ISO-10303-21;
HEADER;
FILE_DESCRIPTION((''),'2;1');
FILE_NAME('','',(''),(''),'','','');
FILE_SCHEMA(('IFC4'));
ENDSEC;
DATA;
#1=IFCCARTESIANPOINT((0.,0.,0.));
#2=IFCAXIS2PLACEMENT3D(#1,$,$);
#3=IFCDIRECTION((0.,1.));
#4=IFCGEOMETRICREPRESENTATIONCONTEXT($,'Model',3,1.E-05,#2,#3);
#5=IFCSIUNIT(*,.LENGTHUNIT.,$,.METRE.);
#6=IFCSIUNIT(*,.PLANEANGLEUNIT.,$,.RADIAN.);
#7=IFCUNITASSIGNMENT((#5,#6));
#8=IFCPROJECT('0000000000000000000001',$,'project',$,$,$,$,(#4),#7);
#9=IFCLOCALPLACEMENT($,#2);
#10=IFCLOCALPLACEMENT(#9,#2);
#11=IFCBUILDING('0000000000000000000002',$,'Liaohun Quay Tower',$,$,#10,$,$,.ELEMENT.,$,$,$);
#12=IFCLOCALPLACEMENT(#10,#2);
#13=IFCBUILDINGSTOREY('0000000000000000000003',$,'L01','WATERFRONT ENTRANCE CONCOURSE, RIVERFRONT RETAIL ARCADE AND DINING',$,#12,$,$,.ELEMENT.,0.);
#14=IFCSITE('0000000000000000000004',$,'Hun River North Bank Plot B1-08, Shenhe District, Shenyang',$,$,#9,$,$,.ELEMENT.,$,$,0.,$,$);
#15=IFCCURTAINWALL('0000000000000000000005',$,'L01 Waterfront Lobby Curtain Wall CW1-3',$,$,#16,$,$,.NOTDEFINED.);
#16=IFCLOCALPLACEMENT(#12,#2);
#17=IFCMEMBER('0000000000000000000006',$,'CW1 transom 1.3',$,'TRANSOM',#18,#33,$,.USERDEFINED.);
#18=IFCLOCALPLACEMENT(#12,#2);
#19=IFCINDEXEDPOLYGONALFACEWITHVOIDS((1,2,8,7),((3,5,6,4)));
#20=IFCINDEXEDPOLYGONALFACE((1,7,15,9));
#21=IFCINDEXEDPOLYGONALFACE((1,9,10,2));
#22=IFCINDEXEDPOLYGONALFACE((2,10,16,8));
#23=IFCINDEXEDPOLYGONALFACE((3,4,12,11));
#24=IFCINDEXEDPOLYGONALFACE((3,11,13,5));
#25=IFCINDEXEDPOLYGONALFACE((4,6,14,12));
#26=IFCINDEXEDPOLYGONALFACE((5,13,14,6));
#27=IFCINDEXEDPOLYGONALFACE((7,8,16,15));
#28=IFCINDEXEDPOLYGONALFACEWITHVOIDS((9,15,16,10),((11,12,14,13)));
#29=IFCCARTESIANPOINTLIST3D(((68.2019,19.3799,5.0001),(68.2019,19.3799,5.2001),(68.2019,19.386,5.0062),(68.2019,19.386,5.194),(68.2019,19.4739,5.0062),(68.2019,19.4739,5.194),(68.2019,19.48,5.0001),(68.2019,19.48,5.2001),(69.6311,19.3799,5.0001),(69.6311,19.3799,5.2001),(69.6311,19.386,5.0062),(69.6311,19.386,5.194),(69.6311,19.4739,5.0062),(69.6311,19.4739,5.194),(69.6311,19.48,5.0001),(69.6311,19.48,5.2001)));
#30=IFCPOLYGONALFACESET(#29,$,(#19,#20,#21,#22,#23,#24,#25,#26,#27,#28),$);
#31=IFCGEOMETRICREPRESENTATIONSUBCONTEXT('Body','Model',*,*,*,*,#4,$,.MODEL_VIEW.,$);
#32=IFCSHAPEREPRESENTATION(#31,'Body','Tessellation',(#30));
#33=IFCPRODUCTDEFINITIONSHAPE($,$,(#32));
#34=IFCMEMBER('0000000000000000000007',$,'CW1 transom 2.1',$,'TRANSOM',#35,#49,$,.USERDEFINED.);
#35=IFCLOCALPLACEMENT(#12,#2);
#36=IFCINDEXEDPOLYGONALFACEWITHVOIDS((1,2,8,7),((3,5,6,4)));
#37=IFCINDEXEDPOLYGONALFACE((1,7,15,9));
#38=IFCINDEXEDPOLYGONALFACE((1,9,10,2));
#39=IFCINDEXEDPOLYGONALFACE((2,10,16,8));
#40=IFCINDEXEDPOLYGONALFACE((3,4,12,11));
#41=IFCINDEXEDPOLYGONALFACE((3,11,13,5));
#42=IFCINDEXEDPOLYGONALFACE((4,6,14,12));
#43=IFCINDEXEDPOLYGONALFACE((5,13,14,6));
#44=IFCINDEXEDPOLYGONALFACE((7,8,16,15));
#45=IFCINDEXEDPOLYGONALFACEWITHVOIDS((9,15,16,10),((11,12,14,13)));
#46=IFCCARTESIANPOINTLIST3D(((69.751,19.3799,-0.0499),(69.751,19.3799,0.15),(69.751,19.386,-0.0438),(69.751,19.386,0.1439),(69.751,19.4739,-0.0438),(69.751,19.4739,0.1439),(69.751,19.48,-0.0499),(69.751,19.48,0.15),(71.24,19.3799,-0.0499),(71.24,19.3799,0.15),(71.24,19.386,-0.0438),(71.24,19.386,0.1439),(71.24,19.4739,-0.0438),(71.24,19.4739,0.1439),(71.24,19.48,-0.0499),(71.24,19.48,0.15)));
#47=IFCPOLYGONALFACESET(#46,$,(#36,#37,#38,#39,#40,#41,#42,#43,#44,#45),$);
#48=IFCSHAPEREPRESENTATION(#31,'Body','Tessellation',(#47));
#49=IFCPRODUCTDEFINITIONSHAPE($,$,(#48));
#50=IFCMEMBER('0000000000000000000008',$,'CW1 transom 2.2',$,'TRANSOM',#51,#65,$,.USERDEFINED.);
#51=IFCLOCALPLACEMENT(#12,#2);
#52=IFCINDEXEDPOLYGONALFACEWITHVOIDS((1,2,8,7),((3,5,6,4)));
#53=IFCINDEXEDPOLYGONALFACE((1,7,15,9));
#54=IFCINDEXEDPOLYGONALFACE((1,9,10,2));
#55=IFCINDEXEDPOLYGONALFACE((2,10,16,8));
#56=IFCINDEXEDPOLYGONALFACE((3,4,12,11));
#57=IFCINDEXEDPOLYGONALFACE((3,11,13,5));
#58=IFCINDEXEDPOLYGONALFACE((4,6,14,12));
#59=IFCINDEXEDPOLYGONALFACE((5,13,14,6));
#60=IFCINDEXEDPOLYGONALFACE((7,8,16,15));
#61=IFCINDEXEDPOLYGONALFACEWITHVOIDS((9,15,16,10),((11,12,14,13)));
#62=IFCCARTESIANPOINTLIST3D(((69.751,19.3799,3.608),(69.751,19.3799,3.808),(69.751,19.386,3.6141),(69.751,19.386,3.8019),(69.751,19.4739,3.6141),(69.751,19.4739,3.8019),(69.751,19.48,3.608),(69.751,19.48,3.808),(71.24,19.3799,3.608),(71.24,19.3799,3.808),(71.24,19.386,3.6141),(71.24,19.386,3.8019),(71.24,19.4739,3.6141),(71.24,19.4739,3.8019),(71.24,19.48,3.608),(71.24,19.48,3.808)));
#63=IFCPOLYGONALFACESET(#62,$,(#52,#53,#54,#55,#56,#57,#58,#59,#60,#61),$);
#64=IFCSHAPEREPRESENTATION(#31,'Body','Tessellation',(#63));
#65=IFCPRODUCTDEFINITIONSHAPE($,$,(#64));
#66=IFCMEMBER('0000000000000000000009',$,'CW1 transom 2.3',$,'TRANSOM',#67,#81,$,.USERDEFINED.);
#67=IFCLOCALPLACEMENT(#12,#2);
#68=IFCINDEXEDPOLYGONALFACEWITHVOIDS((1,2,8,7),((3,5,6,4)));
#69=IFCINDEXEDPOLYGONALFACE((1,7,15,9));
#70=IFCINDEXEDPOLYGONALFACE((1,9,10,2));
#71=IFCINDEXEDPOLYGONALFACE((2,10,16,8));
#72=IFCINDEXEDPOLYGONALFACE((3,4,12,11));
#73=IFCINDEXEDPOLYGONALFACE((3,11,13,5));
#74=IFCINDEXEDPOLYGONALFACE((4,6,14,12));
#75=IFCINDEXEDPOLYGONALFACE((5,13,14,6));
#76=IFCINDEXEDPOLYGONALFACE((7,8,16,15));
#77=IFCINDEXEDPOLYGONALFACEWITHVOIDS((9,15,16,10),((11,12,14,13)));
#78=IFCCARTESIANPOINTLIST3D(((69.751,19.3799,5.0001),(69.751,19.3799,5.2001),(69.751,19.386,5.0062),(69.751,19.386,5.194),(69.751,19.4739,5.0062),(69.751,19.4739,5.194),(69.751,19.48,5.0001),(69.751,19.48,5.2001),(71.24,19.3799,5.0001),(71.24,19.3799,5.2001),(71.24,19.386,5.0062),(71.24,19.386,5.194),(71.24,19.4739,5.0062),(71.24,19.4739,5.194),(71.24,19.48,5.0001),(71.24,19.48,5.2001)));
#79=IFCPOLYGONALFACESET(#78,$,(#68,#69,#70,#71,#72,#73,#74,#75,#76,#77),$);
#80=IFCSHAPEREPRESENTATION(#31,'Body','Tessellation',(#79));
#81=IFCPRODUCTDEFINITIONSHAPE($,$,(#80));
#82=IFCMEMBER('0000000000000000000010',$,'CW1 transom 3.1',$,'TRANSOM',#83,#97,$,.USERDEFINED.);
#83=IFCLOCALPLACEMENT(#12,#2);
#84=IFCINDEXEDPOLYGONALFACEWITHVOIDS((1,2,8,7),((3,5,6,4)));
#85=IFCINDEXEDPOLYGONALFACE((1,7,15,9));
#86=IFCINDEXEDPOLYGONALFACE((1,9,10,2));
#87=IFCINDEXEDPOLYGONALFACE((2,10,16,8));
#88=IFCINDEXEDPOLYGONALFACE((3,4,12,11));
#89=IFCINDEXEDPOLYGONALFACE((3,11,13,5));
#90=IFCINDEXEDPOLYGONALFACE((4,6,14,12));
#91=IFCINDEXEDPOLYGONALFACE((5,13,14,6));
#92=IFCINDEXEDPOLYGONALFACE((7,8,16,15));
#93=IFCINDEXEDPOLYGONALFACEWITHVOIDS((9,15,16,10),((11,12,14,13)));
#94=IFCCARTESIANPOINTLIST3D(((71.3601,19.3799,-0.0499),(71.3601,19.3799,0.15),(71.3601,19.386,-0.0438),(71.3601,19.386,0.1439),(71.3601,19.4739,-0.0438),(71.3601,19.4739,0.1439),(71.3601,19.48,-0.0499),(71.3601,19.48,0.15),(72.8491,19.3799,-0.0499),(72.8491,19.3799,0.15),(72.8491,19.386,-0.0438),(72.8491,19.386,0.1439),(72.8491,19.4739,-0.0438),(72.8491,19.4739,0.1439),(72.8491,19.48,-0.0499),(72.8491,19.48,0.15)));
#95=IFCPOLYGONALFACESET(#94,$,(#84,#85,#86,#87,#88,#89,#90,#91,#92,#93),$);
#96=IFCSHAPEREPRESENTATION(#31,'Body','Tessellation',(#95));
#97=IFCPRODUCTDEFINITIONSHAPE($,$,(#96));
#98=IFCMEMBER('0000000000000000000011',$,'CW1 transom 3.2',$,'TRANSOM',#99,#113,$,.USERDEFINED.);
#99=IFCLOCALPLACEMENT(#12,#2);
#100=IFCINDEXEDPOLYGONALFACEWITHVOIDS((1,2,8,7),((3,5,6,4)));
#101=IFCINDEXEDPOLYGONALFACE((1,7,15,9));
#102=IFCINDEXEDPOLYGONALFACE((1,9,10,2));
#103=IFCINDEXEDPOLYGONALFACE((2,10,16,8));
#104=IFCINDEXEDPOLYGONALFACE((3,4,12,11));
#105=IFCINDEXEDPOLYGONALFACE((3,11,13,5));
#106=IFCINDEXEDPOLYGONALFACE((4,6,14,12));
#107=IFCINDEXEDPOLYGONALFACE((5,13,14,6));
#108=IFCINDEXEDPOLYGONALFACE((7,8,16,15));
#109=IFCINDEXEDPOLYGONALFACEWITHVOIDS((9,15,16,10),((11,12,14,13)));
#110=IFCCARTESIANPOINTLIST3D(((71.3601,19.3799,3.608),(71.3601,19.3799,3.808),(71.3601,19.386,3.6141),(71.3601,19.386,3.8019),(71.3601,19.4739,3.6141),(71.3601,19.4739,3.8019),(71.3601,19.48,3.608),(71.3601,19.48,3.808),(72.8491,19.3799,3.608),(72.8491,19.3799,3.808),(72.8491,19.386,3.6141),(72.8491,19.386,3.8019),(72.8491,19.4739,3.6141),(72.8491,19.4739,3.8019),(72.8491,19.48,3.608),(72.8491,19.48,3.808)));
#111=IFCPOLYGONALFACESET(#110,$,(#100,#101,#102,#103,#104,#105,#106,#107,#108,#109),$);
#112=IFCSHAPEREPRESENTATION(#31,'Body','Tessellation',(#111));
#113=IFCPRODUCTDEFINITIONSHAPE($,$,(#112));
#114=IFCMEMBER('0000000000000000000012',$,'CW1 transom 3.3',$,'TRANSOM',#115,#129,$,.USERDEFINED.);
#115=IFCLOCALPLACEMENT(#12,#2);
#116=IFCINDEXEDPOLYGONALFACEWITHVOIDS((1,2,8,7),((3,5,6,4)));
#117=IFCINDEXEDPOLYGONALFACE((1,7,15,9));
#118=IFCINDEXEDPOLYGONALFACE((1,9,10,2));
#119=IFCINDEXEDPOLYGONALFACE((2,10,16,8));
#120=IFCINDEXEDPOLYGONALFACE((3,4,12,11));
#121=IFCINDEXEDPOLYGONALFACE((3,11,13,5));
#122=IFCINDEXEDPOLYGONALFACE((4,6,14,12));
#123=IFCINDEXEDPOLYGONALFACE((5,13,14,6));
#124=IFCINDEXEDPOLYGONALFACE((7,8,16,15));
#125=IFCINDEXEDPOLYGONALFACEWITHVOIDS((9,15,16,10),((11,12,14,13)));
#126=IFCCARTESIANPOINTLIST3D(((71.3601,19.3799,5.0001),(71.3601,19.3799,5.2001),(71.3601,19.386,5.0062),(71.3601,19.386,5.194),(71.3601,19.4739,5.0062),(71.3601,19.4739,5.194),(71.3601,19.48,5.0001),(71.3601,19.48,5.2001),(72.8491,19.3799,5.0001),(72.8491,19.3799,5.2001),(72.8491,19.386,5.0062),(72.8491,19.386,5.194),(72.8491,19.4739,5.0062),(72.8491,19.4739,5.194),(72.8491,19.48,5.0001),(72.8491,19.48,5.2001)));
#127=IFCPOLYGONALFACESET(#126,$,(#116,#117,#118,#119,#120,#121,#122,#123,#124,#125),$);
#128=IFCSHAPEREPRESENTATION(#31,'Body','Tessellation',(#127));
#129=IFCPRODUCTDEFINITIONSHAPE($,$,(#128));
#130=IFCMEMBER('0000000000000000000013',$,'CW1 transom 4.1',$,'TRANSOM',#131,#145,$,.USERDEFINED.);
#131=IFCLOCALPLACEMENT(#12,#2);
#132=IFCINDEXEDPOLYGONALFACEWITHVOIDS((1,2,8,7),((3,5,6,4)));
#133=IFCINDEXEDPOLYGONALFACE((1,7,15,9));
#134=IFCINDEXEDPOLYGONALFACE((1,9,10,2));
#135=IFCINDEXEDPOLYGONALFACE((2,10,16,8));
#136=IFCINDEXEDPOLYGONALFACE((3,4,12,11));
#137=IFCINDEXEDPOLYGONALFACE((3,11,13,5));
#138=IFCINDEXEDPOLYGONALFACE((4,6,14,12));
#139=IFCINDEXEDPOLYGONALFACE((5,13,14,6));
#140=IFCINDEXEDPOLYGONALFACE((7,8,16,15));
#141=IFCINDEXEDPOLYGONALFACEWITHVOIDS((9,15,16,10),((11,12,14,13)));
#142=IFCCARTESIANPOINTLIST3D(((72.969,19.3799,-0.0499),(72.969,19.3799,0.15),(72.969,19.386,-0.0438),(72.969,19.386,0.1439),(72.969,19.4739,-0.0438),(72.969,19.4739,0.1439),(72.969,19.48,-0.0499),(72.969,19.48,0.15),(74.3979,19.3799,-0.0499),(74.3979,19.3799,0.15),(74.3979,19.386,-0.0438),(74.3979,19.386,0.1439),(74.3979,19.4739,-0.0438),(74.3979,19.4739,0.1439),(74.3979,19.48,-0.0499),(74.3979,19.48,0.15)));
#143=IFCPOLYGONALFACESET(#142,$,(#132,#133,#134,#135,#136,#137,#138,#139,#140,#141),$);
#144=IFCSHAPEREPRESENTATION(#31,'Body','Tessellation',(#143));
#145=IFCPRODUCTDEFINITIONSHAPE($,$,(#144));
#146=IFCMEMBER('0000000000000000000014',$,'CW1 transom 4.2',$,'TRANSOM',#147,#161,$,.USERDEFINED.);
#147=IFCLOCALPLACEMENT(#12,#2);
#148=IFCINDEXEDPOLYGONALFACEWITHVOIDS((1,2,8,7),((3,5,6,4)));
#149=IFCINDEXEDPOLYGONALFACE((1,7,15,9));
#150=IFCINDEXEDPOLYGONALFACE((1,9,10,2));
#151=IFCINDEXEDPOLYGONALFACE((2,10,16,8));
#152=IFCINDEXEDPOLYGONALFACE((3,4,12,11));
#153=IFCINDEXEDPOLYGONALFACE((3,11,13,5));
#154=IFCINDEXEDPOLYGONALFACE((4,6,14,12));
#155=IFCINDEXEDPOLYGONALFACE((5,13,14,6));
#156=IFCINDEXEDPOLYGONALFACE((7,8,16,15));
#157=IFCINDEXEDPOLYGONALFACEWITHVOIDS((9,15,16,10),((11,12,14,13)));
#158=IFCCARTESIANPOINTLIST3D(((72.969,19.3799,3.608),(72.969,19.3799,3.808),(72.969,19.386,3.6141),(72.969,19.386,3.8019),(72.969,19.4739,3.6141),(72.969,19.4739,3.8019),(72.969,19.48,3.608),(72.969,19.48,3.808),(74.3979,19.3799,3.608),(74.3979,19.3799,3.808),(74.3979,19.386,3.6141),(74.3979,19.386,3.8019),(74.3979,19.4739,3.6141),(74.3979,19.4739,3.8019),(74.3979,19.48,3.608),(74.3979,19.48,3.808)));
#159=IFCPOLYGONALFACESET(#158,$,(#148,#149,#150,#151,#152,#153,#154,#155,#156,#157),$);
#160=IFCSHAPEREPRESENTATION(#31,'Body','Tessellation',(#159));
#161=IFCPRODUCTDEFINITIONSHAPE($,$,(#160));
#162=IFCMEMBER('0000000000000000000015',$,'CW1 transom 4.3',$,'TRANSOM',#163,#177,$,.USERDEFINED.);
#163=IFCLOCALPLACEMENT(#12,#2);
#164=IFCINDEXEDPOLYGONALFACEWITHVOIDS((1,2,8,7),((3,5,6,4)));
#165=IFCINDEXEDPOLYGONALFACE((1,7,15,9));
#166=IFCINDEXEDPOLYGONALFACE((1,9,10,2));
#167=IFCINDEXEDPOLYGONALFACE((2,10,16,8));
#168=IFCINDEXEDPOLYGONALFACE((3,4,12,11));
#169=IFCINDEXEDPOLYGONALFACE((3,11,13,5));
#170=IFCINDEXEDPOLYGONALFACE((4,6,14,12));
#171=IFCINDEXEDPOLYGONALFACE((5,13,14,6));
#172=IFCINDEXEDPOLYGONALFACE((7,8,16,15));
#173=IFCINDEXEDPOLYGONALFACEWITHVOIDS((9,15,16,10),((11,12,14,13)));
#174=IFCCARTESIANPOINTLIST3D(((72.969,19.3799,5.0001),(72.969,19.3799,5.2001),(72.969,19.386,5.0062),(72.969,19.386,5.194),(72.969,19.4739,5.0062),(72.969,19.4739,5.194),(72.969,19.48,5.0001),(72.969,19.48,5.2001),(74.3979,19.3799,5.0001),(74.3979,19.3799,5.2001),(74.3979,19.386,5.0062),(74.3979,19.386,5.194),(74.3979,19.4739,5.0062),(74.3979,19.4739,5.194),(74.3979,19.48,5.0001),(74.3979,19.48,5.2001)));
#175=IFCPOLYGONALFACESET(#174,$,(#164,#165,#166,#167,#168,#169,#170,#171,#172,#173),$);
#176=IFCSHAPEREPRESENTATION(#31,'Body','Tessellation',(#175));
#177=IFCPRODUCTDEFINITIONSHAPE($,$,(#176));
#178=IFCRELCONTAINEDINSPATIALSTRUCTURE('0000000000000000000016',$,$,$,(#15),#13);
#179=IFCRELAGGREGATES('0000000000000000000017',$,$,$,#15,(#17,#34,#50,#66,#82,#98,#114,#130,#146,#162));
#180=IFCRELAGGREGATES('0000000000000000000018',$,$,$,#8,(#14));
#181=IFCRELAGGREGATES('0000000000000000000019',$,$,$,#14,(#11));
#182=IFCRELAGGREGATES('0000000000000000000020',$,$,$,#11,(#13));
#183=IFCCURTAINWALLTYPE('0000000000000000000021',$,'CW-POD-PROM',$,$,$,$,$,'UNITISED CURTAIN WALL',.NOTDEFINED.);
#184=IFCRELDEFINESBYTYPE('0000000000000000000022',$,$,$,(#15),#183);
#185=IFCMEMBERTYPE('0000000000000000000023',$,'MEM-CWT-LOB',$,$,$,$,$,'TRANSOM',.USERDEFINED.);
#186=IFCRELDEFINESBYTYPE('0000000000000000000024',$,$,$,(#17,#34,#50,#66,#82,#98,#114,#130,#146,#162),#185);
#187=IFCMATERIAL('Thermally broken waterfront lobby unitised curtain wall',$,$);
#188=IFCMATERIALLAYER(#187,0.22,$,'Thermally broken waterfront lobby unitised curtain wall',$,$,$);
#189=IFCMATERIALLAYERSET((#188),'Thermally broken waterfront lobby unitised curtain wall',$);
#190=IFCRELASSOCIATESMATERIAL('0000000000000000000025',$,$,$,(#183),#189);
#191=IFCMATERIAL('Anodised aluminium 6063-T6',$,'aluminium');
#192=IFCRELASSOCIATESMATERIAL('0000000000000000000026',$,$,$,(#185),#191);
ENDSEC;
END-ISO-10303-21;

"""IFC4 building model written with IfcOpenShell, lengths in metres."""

from ifc_helpers import new_model, si_unit, direction, frame, origin, origin_2d, place, context, subcontext, project, spatial, hollow_rectangle, extrude, source, transform, mapped, material, layer, layer_set, material_profile, profile_set, type_object, element, aggregate, save


model = new_model("IFC4")

# Units and contexts
model_context = context("Model", 3, precision=1e-05, world=origin(), true_north=direction((0.0, 1.0)))
body_context = subcontext(model_context, "Body", "Model", "MODEL_VIEW")
ifc_project = project(units=[si_unit("LENGTHUNIT", "METRE"), si_unit("PLANEANGLEUNIT", "RADIAN")], contexts=[model_context])

# Site, building, storey
site_placement = place(None, origin())
site = spatial("IfcSite", under=ifc_project, at=site_placement, Name="Hun River North Bank Plot B1-08, Shenhe District, Shenyang", CompositionType="ELEMENT", RefElevation=0.0)
building_placement = place(site_placement, origin())
building = spatial("IfcBuilding", under=site, at=building_placement, Name="Liaohun Quay Tower", CompositionType="ELEMENT")
storey_placement = place(building_placement, origin())
storey = spatial("IfcBuildingStorey", under=building, at=storey_placement, Name="L01", Description="WATERFRONT ENTRANCE CONCOURSE, RIVERFRONT RETAIL ARCADE AND DINING", CompositionType="ELEMENT", Elevation=0.0)

# Curtain wall, members
ifc_material_1 = material(Name="Thermally broken waterfront lobby unitised curtain wall")
ifc_layer_1 = layer(ifc_material_1, 0.22, Name="Thermally broken waterfront lobby unitised curtain wall")
ifc_layer_set_1 = layer_set([ifc_layer_1], Name="Thermally broken waterfront lobby unitised curtain wall")
curtain_wall_type = type_object("IfcCurtainWallType", Name="CW-POD-PROM", ElementType="UNITISED CURTAIN WALL", PredefinedType="NOTDEFINED", material=ifc_layer_set_1)
curtain_wall_placement = place(storey_placement, origin())
curtain_wall = element("IfcCurtainWall", 1, at=curtain_wall_placement, inside=storey, type_object=curtain_wall_type, Name="L01 Waterfront Lobby Curtain Wall CW1-3", PredefinedType="NOTDEFINED")
ifc_material_2 = material(Name="Anodised aluminium 6063-T6", Category="aluminium")
ifc_material_profile_1 = material_profile(ifc_material_2, hollow_rectangle(XDim=0.1001, YDim=0.2, WallThickness=0.0061, at=origin_2d()), Name="RHS200x100x6")
ifc_profile_set_1 = profile_set([ifc_material_profile_1], Name="Anodised aluminium 6063-T6")
member_type_1 = type_object("IfcMemberType", Name="MEM-CWT-LOB", ElementType="TRANSOM", PredefinedType="USERDEFINED", material=ifc_profile_set_1)
shared_shape_1 = source(origin(), body_context, "Body", "SweptSolid", [
    extrude(hollow_rectangle(XDim=0.1001, YDim=0.2, WallThickness=0.0061, at=origin_2d()), origin(), (0.0, 0.0, 1.0), 1.4292),
])
member_1_placement = place(storey_placement, frame((68.2019, 19.4299, 5.1001), z_axis=(1.0, 0.0, 0.0), x_axis=(0.0, 1.0, 0.0)))
member_1 = element("IfcMember", 2, at=member_1_placement, type_object=member_type_1, Name="CW1 transom 1.3", ObjectType="TRANSOM", PredefinedType="USERDEFINED", context=body_context, shape_type="MappedRepresentation", body=[
    mapped(shared_shape_1, transform((0.0, 0.0, 0.0), x_axis=(1.0, 0.0, 0.0), y_axis=(0.0, 1.0, 0.0), z_axis=(0.0, 0.0, 1.0), scale=1.0)),
])
shared_shape_2 = source(origin(), body_context, "Body", "SweptSolid", [
    extrude(hollow_rectangle(XDim=0.1001, YDim=0.2, WallThickness=0.0061, at=origin_2d()), origin(), (0.0, 0.0, 1.0), 1.489),
])
member_2_placement = place(storey_placement, frame((69.751, 19.4299, 0.05), z_axis=(1.0, 0.0, 0.0), x_axis=(0.0, 1.0, 0.0)))
member_2 = element("IfcMember", 3, at=member_2_placement, type_object=member_type_1, Name="CW1 transom 2.1", ObjectType="TRANSOM", PredefinedType="USERDEFINED", context=body_context, shape_type="MappedRepresentation", body=[
    mapped(shared_shape_2, transform((0.0, 0.0, 0.0), x_axis=(1.0, 0.0, 0.0), y_axis=(0.0, 1.0, 0.0), z_axis=(0.0, 0.0, 1.0), scale=1.0)),
])
member_3_placement = place(storey_placement, frame((69.751, 19.4299, 3.708), z_axis=(1.0, 0.0, 0.0), x_axis=(0.0, 1.0, 0.0)))
member_3 = element("IfcMember", 4, at=member_3_placement, type_object=member_type_1, Name="CW1 transom 2.2", ObjectType="TRANSOM", PredefinedType="USERDEFINED", context=body_context, shape_type="MappedRepresentation", body=[
    mapped(shared_shape_2, transform((0.0, 0.0, 0.0), x_axis=(1.0, 0.0, 0.0), y_axis=(0.0, 1.0, 0.0), z_axis=(0.0, 0.0, 1.0), scale=1.0)),
])
member_4_placement = place(storey_placement, frame((69.751, 19.4299, 5.1001), z_axis=(1.0, 0.0, 0.0), x_axis=(0.0, 1.0, 0.0)))
member_4 = element("IfcMember", 5, at=member_4_placement, type_object=member_type_1, Name="CW1 transom 2.3", ObjectType="TRANSOM", PredefinedType="USERDEFINED", context=body_context, shape_type="MappedRepresentation", body=[
    mapped(shared_shape_2, transform((0.0, 0.0, 0.0), x_axis=(1.0, 0.0, 0.0), y_axis=(0.0, 1.0, 0.0), z_axis=(0.0, 0.0, 1.0), scale=1.0)),
])
member_5_placement = place(storey_placement, frame((71.3601, 19.4299, 0.05), z_axis=(1.0, 0.0, 0.0), x_axis=(0.0, 1.0, 0.0)))
member_5 = element("IfcMember", 6, at=member_5_placement, type_object=member_type_1, Name="CW1 transom 3.1", ObjectType="TRANSOM", PredefinedType="USERDEFINED", context=body_context, shape_type="MappedRepresentation", body=[
    mapped(shared_shape_2, transform((0.0, 0.0, 0.0), x_axis=(1.0, 0.0, 0.0), y_axis=(0.0, 1.0, 0.0), z_axis=(0.0, 0.0, 1.0), scale=1.0)),
])
member_6_placement = place(storey_placement, frame((71.3601, 19.4299, 3.708), z_axis=(1.0, 0.0, 0.0), x_axis=(0.0, 1.0, 0.0)))
member_6 = element("IfcMember", 7, at=member_6_placement, type_object=member_type_1, Name="CW1 transom 3.2", ObjectType="TRANSOM", PredefinedType="USERDEFINED", context=body_context, shape_type="MappedRepresentation", body=[
    mapped(shared_shape_2, transform((0.0, 0.0, 0.0), x_axis=(1.0, 0.0, 0.0), y_axis=(0.0, 1.0, 0.0), z_axis=(0.0, 0.0, 1.0), scale=1.0)),
])
member_7_placement = place(storey_placement, frame((71.3601, 19.4299, 5.1001), z_axis=(1.0, 0.0, 0.0), x_axis=(0.0, 1.0, 0.0)))
member_7 = element("IfcMember", 8, at=member_7_placement, type_object=member_type_1, Name="CW1 transom 3.3", ObjectType="TRANSOM", PredefinedType="USERDEFINED", context=body_context, shape_type="MappedRepresentation", body=[
    mapped(shared_shape_2, transform((0.0, 0.0, 0.0), x_axis=(1.0, 0.0, 0.0), y_axis=(0.0, 1.0, 0.0), z_axis=(0.0, 0.0, 1.0), scale=1.0)),
])
shared_shape_3 = source(origin(), body_context, "Body", "SweptSolid", [
    extrude(hollow_rectangle(XDim=0.1001, YDim=0.2, WallThickness=0.0061, at=origin_2d()), origin(), (0.0, 0.0, 1.0), 1.429),
])
member_8_placement = place(storey_placement, frame((72.969, 19.4299, 0.05), z_axis=(1.0, 0.0, 0.0), x_axis=(0.0, 1.0, 0.0)))
member_8 = element("IfcMember", 9, at=member_8_placement, type_object=member_type_1, Name="CW1 transom 4.1", ObjectType="TRANSOM", PredefinedType="USERDEFINED", context=body_context, shape_type="MappedRepresentation", body=[
    mapped(shared_shape_3, transform((0.0, 0.0, 0.0), x_axis=(1.0, 0.0, 0.0), y_axis=(0.0, 1.0, 0.0), z_axis=(0.0, 0.0, 1.0), scale=1.0)),
])
member_9_placement = place(storey_placement, frame((72.969, 19.4299, 3.708), z_axis=(1.0, 0.0, 0.0), x_axis=(0.0, 1.0, 0.0)))
member_9 = element("IfcMember", 10, at=member_9_placement, type_object=member_type_1, Name="CW1 transom 4.2", ObjectType="TRANSOM", PredefinedType="USERDEFINED", context=body_context, shape_type="MappedRepresentation", body=[
    mapped(shared_shape_3, transform((0.0, 0.0, 0.0), x_axis=(1.0, 0.0, 0.0), y_axis=(0.0, 1.0, 0.0), z_axis=(0.0, 0.0, 1.0), scale=1.0)),
])
member_10_placement = place(storey_placement, frame((72.969, 19.4299, 5.1001), z_axis=(1.0, 0.0, 0.0), x_axis=(0.0, 1.0, 0.0)))
member_10 = element("IfcMember", 11, at=member_10_placement, type_object=member_type_1, Name="CW1 transom 4.3", ObjectType="TRANSOM", PredefinedType="USERDEFINED", context=body_context, shape_type="MappedRepresentation", body=[
    mapped(shared_shape_3, transform((0.0, 0.0, 0.0), x_axis=(1.0, 0.0, 0.0), y_axis=(0.0, 1.0, 0.0), z_axis=(0.0, 0.0, 1.0), scale=1.0)),
])
aggregate(curtain_wall, [member_1, member_2, member_3, member_4, member_5, member_6, member_7, member_8, member_9, member_10])

save(model, "model.ifc")
